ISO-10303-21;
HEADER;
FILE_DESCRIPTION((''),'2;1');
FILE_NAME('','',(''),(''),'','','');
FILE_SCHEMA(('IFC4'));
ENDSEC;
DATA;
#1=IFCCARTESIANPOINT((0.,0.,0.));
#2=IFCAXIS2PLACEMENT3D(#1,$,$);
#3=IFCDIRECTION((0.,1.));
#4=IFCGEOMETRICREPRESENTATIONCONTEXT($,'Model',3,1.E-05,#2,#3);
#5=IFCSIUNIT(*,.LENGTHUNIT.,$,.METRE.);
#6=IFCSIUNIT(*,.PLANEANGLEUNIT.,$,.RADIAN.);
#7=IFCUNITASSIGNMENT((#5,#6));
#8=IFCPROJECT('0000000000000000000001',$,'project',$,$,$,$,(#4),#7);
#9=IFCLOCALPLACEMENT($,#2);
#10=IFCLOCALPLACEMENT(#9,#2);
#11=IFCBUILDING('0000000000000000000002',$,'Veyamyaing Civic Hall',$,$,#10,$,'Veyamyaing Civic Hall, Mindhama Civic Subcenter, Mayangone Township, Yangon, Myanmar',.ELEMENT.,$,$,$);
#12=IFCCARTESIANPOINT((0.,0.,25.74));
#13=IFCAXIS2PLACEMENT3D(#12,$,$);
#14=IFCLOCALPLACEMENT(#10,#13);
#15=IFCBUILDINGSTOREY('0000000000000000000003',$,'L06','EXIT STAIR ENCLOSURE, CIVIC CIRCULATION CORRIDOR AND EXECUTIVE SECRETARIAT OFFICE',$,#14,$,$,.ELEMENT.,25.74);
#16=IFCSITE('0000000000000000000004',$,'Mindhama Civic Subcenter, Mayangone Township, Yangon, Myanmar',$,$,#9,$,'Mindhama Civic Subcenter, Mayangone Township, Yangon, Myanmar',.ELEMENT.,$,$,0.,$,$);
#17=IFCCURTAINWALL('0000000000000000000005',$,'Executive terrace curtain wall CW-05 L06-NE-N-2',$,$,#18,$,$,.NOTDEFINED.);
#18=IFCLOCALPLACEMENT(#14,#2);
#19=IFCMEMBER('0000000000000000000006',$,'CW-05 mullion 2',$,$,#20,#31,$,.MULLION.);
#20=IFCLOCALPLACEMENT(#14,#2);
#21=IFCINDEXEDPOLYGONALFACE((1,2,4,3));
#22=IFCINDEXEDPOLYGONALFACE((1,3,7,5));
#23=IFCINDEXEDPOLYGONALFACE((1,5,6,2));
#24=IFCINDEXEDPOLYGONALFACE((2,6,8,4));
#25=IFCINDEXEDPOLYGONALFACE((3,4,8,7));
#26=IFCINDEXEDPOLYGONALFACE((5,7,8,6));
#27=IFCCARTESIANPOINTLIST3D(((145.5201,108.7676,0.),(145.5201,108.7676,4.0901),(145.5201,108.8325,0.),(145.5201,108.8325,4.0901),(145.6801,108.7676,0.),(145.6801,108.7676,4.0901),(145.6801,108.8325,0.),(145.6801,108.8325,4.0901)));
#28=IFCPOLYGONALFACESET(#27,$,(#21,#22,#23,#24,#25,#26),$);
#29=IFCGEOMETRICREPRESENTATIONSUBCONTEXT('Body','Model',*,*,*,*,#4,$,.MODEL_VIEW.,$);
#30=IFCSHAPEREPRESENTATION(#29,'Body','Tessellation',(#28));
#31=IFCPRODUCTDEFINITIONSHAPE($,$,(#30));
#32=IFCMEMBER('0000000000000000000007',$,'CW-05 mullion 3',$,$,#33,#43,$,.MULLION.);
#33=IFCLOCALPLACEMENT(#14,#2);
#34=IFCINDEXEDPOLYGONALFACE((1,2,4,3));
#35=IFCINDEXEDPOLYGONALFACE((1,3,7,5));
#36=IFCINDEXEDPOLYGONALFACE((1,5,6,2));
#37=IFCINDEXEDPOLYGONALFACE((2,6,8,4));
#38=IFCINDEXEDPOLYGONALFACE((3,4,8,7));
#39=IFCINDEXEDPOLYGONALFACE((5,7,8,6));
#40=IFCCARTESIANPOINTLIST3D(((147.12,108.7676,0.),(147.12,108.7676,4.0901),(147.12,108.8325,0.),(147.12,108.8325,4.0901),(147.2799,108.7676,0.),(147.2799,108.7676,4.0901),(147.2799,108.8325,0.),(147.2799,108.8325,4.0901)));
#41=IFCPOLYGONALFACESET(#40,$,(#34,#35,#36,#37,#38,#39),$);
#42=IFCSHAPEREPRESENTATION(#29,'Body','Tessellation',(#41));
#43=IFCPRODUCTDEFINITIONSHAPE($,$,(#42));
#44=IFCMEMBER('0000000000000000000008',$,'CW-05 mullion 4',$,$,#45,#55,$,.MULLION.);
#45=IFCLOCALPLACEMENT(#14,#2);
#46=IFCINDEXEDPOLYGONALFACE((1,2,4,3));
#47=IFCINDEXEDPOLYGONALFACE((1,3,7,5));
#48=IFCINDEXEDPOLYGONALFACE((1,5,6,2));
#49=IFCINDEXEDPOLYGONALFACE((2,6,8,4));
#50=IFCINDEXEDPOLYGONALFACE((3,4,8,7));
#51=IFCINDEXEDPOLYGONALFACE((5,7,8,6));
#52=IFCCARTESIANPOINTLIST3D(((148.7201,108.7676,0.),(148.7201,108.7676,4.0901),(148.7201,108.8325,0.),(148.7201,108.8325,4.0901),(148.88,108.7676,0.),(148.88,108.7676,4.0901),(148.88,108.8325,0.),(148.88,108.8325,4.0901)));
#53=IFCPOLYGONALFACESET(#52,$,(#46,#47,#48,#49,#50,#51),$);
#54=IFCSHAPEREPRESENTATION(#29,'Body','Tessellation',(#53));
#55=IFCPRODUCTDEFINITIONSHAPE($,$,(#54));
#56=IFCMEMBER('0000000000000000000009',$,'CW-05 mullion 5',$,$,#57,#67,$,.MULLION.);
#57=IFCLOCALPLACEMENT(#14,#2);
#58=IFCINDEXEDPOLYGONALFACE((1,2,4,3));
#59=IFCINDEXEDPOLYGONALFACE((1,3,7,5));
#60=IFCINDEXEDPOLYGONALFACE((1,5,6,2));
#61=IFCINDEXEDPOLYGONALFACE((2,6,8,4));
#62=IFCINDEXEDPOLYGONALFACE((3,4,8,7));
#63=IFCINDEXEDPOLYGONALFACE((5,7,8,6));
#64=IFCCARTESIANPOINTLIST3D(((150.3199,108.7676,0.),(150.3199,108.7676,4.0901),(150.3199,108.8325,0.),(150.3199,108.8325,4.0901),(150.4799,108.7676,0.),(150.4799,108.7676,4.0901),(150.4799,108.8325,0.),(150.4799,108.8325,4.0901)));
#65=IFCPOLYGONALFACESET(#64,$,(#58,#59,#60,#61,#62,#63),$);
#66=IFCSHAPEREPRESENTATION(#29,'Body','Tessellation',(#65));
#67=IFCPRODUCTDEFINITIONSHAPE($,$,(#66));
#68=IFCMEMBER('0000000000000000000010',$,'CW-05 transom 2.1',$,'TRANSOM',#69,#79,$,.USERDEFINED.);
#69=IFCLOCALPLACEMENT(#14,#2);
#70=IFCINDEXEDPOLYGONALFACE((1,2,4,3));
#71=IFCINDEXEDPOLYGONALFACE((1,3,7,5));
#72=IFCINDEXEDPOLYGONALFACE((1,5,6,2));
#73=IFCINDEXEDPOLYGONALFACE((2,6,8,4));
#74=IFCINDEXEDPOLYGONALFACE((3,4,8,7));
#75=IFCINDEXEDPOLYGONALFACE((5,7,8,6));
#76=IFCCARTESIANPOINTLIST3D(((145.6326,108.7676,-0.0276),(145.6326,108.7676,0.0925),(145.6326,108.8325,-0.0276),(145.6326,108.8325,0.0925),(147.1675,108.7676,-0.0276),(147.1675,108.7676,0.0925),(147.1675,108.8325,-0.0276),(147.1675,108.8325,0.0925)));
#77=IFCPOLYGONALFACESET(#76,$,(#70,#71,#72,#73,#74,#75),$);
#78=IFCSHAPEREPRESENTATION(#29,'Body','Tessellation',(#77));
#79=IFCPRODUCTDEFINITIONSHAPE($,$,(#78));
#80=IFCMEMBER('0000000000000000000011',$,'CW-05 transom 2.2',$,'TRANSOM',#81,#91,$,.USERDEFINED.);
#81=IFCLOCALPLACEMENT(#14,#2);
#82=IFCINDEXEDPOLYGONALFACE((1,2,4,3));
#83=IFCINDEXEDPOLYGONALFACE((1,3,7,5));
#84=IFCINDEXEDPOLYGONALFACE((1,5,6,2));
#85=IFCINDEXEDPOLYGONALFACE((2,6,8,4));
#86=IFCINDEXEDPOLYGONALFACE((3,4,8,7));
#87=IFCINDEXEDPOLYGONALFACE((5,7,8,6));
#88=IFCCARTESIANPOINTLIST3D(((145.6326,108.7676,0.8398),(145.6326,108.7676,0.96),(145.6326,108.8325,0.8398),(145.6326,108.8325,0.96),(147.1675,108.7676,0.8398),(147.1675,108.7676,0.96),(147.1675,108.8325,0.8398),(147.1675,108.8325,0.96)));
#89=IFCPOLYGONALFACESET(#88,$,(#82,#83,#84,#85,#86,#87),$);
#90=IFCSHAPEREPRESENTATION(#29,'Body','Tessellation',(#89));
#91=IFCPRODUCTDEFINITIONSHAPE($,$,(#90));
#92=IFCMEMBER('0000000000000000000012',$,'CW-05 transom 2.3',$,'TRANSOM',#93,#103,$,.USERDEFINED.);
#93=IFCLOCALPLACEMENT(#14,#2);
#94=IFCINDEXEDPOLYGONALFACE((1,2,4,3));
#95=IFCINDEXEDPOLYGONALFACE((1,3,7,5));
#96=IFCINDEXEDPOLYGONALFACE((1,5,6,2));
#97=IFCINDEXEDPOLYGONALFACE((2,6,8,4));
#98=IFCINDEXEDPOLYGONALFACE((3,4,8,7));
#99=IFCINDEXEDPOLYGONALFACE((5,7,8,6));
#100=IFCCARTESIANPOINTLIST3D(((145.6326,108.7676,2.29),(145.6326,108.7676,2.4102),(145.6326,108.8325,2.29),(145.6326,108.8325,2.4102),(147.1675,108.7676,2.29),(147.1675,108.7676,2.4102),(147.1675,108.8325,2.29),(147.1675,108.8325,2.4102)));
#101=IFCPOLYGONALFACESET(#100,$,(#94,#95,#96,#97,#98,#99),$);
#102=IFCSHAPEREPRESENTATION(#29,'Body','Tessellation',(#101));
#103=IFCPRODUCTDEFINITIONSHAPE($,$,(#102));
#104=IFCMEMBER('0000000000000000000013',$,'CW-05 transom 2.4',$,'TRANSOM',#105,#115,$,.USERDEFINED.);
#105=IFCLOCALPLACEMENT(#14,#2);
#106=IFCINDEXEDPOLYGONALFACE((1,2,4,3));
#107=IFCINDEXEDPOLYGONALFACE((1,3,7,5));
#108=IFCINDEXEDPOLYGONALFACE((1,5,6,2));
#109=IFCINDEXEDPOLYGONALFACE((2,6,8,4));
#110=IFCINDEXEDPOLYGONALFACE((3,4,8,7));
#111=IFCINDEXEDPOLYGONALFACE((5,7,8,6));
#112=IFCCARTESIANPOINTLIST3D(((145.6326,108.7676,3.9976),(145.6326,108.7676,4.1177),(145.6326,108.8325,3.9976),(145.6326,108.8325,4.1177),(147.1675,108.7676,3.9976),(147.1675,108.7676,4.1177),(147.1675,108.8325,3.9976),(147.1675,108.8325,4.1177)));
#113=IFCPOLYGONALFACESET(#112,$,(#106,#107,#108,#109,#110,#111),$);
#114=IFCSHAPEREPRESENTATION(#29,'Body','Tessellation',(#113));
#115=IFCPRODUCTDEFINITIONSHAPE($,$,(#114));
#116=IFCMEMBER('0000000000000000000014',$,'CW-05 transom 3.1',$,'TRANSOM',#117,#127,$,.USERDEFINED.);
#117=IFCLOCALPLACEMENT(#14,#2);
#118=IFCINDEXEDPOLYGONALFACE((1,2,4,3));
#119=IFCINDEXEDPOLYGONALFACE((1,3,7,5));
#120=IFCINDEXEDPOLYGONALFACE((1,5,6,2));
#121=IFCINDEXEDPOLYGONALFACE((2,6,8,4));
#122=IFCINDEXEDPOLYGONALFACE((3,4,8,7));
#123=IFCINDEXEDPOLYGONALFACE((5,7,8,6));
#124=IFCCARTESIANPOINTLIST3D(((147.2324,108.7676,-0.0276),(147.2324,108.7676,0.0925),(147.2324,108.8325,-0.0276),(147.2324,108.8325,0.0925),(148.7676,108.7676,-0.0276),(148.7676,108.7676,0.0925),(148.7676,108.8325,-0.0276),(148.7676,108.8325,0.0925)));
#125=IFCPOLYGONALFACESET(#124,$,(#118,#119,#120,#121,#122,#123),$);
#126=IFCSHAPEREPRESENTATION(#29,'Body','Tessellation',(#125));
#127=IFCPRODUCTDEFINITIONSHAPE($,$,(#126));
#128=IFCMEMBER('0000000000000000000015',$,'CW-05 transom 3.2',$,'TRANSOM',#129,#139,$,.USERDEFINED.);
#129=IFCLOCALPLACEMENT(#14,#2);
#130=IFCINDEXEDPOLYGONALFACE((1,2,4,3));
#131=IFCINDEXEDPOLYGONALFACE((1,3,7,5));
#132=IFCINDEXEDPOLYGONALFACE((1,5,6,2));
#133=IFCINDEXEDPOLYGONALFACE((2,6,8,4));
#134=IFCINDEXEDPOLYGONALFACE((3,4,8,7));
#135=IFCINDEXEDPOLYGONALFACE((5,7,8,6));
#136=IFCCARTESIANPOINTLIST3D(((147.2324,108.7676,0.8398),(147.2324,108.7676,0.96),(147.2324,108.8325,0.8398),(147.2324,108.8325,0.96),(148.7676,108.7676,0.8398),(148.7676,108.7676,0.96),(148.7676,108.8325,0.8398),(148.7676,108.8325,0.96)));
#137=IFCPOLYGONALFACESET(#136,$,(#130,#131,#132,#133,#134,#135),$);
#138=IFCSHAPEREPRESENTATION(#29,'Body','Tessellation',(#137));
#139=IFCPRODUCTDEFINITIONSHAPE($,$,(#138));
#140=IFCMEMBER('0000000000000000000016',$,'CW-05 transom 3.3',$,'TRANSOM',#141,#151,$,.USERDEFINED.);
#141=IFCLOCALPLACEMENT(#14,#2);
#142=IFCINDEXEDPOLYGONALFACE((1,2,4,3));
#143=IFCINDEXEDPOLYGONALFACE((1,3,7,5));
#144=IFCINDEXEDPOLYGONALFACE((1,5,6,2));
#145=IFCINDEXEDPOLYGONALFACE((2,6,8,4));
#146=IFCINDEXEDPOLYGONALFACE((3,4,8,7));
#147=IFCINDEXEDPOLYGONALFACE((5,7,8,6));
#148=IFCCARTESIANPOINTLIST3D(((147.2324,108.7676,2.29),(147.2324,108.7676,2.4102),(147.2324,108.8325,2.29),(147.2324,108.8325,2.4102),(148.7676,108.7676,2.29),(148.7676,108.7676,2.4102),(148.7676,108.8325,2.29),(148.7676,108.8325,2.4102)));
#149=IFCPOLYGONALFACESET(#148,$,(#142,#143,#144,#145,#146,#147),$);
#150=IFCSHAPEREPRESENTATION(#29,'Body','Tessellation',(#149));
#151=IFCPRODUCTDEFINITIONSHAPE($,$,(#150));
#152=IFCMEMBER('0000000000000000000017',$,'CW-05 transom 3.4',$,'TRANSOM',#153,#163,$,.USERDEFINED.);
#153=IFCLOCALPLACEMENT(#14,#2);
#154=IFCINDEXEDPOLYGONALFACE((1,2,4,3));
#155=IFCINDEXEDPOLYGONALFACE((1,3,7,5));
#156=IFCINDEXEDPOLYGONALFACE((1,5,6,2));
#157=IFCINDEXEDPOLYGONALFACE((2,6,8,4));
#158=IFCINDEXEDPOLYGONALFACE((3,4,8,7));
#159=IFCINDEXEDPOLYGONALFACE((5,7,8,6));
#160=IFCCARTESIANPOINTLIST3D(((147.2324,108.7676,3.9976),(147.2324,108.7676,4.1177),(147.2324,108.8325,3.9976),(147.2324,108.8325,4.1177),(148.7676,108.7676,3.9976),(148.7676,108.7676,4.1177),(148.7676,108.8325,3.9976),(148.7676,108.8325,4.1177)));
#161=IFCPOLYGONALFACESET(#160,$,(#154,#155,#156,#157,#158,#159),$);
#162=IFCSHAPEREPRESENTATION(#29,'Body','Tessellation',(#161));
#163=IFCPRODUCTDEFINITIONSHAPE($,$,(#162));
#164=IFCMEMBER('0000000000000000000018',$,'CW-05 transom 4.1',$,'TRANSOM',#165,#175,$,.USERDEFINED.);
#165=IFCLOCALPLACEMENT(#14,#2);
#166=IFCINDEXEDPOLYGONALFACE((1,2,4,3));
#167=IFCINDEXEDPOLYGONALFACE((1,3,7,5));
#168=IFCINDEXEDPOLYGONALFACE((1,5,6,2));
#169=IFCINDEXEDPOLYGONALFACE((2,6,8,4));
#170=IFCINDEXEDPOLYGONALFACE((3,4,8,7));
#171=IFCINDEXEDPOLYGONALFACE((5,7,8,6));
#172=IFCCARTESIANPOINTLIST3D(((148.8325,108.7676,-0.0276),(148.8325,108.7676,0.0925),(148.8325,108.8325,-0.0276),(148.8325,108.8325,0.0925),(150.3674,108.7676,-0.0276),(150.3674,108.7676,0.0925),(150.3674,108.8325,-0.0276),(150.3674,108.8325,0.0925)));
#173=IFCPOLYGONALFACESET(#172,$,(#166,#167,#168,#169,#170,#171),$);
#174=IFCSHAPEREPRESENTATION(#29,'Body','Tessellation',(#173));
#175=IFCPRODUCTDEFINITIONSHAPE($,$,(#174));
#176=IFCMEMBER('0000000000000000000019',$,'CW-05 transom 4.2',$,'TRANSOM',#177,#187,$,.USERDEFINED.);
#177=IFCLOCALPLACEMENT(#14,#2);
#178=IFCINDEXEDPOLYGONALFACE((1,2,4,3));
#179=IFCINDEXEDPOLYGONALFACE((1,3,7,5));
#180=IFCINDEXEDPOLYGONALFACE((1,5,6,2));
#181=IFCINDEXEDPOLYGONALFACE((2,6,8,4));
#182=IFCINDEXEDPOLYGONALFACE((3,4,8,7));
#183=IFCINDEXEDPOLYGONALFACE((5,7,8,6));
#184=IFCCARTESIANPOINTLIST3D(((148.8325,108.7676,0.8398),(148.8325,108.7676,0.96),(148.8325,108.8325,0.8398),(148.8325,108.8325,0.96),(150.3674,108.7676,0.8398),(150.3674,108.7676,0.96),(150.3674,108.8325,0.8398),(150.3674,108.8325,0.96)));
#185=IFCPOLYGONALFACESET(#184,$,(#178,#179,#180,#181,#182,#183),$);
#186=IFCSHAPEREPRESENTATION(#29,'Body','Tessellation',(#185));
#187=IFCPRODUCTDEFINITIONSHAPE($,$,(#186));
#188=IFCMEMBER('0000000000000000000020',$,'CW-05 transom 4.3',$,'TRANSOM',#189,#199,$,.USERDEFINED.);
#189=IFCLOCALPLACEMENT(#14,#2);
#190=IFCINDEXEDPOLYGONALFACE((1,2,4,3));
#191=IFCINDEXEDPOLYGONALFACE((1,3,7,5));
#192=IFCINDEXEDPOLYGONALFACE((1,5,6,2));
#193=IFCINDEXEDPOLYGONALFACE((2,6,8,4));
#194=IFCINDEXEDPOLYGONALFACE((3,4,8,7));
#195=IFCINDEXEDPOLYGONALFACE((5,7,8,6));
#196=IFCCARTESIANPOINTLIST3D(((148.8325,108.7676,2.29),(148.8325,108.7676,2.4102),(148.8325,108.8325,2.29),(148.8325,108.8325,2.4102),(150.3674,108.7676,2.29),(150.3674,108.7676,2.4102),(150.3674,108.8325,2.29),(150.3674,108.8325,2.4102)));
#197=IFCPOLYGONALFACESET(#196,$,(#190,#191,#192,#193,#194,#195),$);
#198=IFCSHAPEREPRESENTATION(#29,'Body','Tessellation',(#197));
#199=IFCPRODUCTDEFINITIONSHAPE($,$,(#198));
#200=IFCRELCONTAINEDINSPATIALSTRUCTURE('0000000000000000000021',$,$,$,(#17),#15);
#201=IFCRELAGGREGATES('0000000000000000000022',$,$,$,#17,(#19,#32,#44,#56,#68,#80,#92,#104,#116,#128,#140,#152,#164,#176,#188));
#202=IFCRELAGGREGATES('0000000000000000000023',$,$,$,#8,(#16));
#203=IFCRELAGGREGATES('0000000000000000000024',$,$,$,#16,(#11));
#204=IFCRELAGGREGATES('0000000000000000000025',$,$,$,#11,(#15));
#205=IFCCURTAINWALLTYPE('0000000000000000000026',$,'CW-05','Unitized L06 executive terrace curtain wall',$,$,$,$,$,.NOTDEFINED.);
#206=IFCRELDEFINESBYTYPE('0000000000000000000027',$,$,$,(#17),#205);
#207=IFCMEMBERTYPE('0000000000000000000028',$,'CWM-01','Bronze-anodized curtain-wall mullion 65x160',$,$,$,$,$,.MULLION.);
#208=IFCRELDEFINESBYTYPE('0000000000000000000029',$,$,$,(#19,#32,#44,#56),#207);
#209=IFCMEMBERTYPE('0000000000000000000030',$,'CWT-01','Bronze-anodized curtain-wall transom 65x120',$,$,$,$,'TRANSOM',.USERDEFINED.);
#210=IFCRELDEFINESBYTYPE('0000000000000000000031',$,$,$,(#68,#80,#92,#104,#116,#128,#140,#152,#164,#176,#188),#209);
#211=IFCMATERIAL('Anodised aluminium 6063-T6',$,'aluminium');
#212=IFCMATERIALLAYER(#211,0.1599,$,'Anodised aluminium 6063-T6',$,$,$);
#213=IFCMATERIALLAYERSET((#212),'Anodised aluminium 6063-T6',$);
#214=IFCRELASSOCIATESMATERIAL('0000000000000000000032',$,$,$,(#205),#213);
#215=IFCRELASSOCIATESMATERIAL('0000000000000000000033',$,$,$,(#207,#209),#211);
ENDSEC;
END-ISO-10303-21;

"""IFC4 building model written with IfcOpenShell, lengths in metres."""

from ifc_helpers import new_model, si_unit, direction, frame, origin, origin_2d, place, context, subcontext, project, spatial, rectangle, extrude, material, layer, layer_set, material_profile, profile_set, type_object, element, aggregate, save


model = new_model("IFC4")

# Units and contexts
model_context = context("Model", 3, precision=1e-05, world=origin(), true_north=direction((0.0, 1.0)))
body_context = subcontext(model_context, "Body", "Model", "MODEL_VIEW")
ifc_project = project(units=[si_unit("LENGTHUNIT", "METRE"), si_unit("PLANEANGLEUNIT", "RADIAN")], contexts=[model_context])

# Site, building, storey
site_placement = place(None, origin())
site = spatial("IfcSite", under=ifc_project, at=site_placement, Name="Mindhama Civic Subcenter, Mayangone Township, Yangon, Myanmar", LongName="Mindhama Civic Subcenter, Mayangone Township, Yangon, Myanmar", CompositionType="ELEMENT", RefElevation=0.0)
building_placement = place(site_placement, origin())
building = spatial("IfcBuilding", under=site, at=building_placement, Name="Veyamyaing Civic Hall", LongName="Veyamyaing Civic Hall, Mindhama Civic Subcenter, Mayangone Township, Yangon, Myanmar", CompositionType="ELEMENT")
storey_placement = place(building_placement, frame((0.0, 0.0, 25.74)))
storey = spatial("IfcBuildingStorey", under=building, at=storey_placement, Name="L06", Description="EXIT STAIR ENCLOSURE, CIVIC CIRCULATION CORRIDOR AND EXECUTIVE SECRETARIAT OFFICE", CompositionType="ELEMENT", Elevation=25.74)

# Curtain wall, members
ifc_material_1 = material(Name="Anodised aluminium 6063-T6", Category="aluminium")
ifc_layer_1 = layer(ifc_material_1, 0.1599, Name="Anodised aluminium 6063-T6")
ifc_layer_set_1 = layer_set([ifc_layer_1], Name="Anodised aluminium 6063-T6")
curtain_wall_type = type_object("IfcCurtainWallType", Name="CW-05", Description="Unitized L06 executive terrace curtain wall", PredefinedType="NOTDEFINED", material=ifc_layer_set_1)
curtain_wall_placement = place(storey_placement, origin())
curtain_wall = element("IfcCurtainWall", 1, at=curtain_wall_placement, inside=storey, type_object=curtain_wall_type, Name="Executive terrace curtain wall CW-05 L06-NE-N-2", PredefinedType="NOTDEFINED")
ifc_material_profile_1 = material_profile(ifc_material_1, rectangle(XDim=0.0649, YDim=0.1599, at=origin_2d()), Name="ALU-MUL-65X160")
ifc_profile_set_1 = profile_set([ifc_material_profile_1], Name="Anodised aluminium 6063-T6")
member_type_1 = type_object("IfcMemberType", Name="CWM-01", Description="Bronze-anodized curtain-wall mullion 65x160", PredefinedType="MULLION", material=ifc_profile_set_1)
member_1_placement = place(storey_placement, frame((145.6001, 108.8, 0.0), z_axis=(0.0, 0.0, 1.0), x_axis=(0.0, 1.0, 0.0)))
member_1 = element("IfcMember", 2, at=member_1_placement, type_object=member_type_1, Name="CW-05 mullion 2", PredefinedType="MULLION", context=body_context, shape_type="SweptSolid", body=[
    extrude(rectangle(XDim=0.0649, YDim=0.1599, at=origin_2d()), origin(), (0.0, 0.0, 1.0), 4.0901),
])
member_2_placement = place(storey_placement, frame((147.2, 108.8, 0.0), z_axis=(0.0, 0.0, 1.0), x_axis=(0.0, 1.0, 0.0)))
member_2 = element("IfcMember", 3, at=member_2_placement, type_object=member_type_1, Name="CW-05 mullion 3", PredefinedType="MULLION", context=body_context, shape_type="SweptSolid", body=[
    extrude(rectangle(XDim=0.0649, YDim=0.1599, at=origin_2d()), origin(), (0.0, 0.0, 1.0), 4.0901),
])
member_3_placement = place(storey_placement, frame((148.8, 108.8, 0.0), z_axis=(0.0, 0.0, 1.0), x_axis=(0.0, 1.0, 0.0)))
member_3 = element("IfcMember", 4, at=member_3_placement, type_object=member_type_1, Name="CW-05 mullion 4", PredefinedType="MULLION", context=body_context, shape_type="SweptSolid", body=[
    extrude(rectangle(XDim=0.0649, YDim=0.1599, at=origin_2d()), origin(), (0.0, 0.0, 1.0), 4.0901),
])
member_4_placement = place(storey_placement, frame((150.3999, 108.8, 0.0), z_axis=(0.0, 0.0, 1.0), x_axis=(0.0, 1.0, 0.0)))
member_4 = element("IfcMember", 5, at=member_4_placement, type_object=member_type_1, Name="CW-05 mullion 5", PredefinedType="MULLION", context=body_context, shape_type="SweptSolid", body=[
    extrude(rectangle(XDim=0.0649, YDim=0.1599, at=origin_2d()), origin(), (0.0, 0.0, 1.0), 4.0901),
])
ifc_material_profile_2 = material_profile(ifc_material_1, rectangle(XDim=0.0649, YDim=0.1201, at=origin_2d()), Name="ALU-TRN-65X120")
ifc_profile_set_2 = profile_set([ifc_material_profile_2], Name="Anodised aluminium 6063-T6")
member_type_2 = type_object("IfcMemberType", Name="CWT-01", Description="Bronze-anodized curtain-wall transom 65x120", ElementType="TRANSOM", PredefinedType="USERDEFINED", material=ifc_profile_set_2)
member_5_placement = place(storey_placement, frame((145.6326, 108.8, 0.0325), z_axis=(1.0, 0.0, 0.0), x_axis=(0.0, 1.0, 0.0)))
member_5 = element("IfcMember", 6, at=member_5_placement, type_object=member_type_2, Name="CW-05 transom 2.1", ObjectType="TRANSOM", PredefinedType="USERDEFINED", context=body_context, shape_type="SweptSolid", body=[
    extrude(rectangle(XDim=0.0649, YDim=0.1201, at=origin_2d()), origin(), (0.0, 0.0, 1.0), 1.5349),
])
member_6_placement = place(storey_placement, frame((145.6326, 108.8, 0.8999), z_axis=(1.0, 0.0, 0.0), x_axis=(0.0, 1.0, 0.0)))
member_6 = element("IfcMember", 7, at=member_6_placement, type_object=member_type_2, Name="CW-05 transom 2.2", ObjectType="TRANSOM", PredefinedType="USERDEFINED", context=body_context, shape_type="SweptSolid", body=[
    extrude(rectangle(XDim=0.0649, YDim=0.1201, at=origin_2d()), origin(), (0.0, 0.0, 1.0), 1.5349),
])
member_7_placement = place(storey_placement, frame((145.6326, 108.8, 2.3501), z_axis=(1.0, 0.0, 0.0), x_axis=(0.0, 1.0, 0.0)))
member_7 = element("IfcMember", 8, at=member_7_placement, type_object=member_type_2, Name="CW-05 transom 2.3", ObjectType="TRANSOM", PredefinedType="USERDEFINED", context=body_context, shape_type="SweptSolid", body=[
    extrude(rectangle(XDim=0.0649, YDim=0.1201, at=origin_2d()), origin(), (0.0, 0.0, 1.0), 1.5349),
])
member_8_placement = place(storey_placement, frame((145.6326, 108.8, 4.0576), z_axis=(1.0, 0.0, 0.0), x_axis=(0.0, 1.0, 0.0)))
member_8 = element("IfcMember", 9, at=member_8_placement, type_object=member_type_2, Name="CW-05 transom 2.4", ObjectType="TRANSOM", PredefinedType="USERDEFINED", context=body_context, shape_type="SweptSolid", body=[
    extrude(rectangle(XDim=0.0649, YDim=0.1201, at=origin_2d()), origin(), (0.0, 0.0, 1.0), 1.5349),
])
member_9_placement = place(storey_placement, frame((147.2324, 108.8, 0.0325), z_axis=(1.0, 0.0, 0.0), x_axis=(0.0, 1.0, 0.0)))
member_9 = element("IfcMember", 10, at=member_9_placement, type_object=member_type_2, Name="CW-05 transom 3.1", ObjectType="TRANSOM", PredefinedType="USERDEFINED", context=body_context, shape_type="SweptSolid", body=[
    extrude(rectangle(XDim=0.0649, YDim=0.1201, at=origin_2d()), origin(), (0.0, 0.0, 1.0), 1.5352),
])
member_10_placement = place(storey_placement, frame((147.2324, 108.8, 0.8999), z_axis=(1.0, 0.0, 0.0), x_axis=(0.0, 1.0, 0.0)))
member_10 = element("IfcMember", 11, at=member_10_placement, type_object=member_type_2, Name="CW-05 transom 3.2", ObjectType="TRANSOM", PredefinedType="USERDEFINED", context=body_context, shape_type="SweptSolid", body=[
    extrude(rectangle(XDim=0.0649, YDim=0.1201, at=origin_2d()), origin(), (0.0, 0.0, 1.0), 1.5352),
])
member_11_placement = place(storey_placement, frame((147.2324, 108.8, 2.3501), z_axis=(1.0, 0.0, 0.0), x_axis=(0.0, 1.0, 0.0)))
member_11 = element("IfcMember", 12, at=member_11_placement, type_object=member_type_2, Name="CW-05 transom 3.3", ObjectType="TRANSOM", PredefinedType="USERDEFINED", context=body_context, shape_type="SweptSolid", body=[
    extrude(rectangle(XDim=0.0649, YDim=0.1201, at=origin_2d()), origin(), (0.0, 0.0, 1.0), 1.5352),
])
member_12_placement = place(storey_placement, frame((147.2324, 108.8, 4.0576), z_axis=(1.0, 0.0, 0.0), x_axis=(0.0, 1.0, 0.0)))
member_12 = element("IfcMember", 13, at=member_12_placement, type_object=member_type_2, Name="CW-05 transom 3.4", ObjectType="TRANSOM", PredefinedType="USERDEFINED", context=body_context, shape_type="SweptSolid", body=[
    extrude(rectangle(XDim=0.0649, YDim=0.1201, at=origin_2d()), origin(), (0.0, 0.0, 1.0), 1.5352),
])
member_13_placement = place(storey_placement, frame((148.8325, 108.8, 0.0325), z_axis=(1.0, 0.0, 0.0), x_axis=(0.0, 1.0, 0.0)))
member_13 = element("IfcMember", 14, at=member_13_placement, type_object=member_type_2, Name="CW-05 transom 4.1", ObjectType="TRANSOM", PredefinedType="USERDEFINED", context=body_context, shape_type="SweptSolid", body=[
    extrude(rectangle(XDim=0.0649, YDim=0.1201, at=origin_2d()), origin(), (0.0, 0.0, 1.0), 1.5349),
])
member_14_placement = place(storey_placement, frame((148.8325, 108.8, 0.8999), z_axis=(1.0, 0.0, 0.0), x_axis=(0.0, 1.0, 0.0)))
member_14 = element("IfcMember", 15, at=member_14_placement, type_object=member_type_2, Name="CW-05 transom 4.2", ObjectType="TRANSOM", PredefinedType="USERDEFINED", context=body_context, shape_type="SweptSolid", body=[
    extrude(rectangle(XDim=0.0649, YDim=0.1201, at=origin_2d()), origin(), (0.0, 0.0, 1.0), 1.5349),
])
member_15_placement = place(storey_placement, frame((148.8325, 108.8, 2.3501), z_axis=(1.0, 0.0, 0.0), x_axis=(0.0, 1.0, 0.0)))
member_15 = element("IfcMember", 16, at=member_15_placement, type_object=member_type_2, Name="CW-05 transom 4.3", ObjectType="TRANSOM", PredefinedType="USERDEFINED", context=body_context, shape_type="SweptSolid", body=[
    extrude(rectangle(XDim=0.0649, YDim=0.1201, at=origin_2d()), origin(), (0.0, 0.0, 1.0), 1.5349),
])
aggregate(curtain_wall, [member_1, member_2, member_3, member_4, member_5, member_6, member_7, member_8, member_9, member_10, member_11, member_12, member_13, member_14, member_15])

save(model, "model.ifc")
